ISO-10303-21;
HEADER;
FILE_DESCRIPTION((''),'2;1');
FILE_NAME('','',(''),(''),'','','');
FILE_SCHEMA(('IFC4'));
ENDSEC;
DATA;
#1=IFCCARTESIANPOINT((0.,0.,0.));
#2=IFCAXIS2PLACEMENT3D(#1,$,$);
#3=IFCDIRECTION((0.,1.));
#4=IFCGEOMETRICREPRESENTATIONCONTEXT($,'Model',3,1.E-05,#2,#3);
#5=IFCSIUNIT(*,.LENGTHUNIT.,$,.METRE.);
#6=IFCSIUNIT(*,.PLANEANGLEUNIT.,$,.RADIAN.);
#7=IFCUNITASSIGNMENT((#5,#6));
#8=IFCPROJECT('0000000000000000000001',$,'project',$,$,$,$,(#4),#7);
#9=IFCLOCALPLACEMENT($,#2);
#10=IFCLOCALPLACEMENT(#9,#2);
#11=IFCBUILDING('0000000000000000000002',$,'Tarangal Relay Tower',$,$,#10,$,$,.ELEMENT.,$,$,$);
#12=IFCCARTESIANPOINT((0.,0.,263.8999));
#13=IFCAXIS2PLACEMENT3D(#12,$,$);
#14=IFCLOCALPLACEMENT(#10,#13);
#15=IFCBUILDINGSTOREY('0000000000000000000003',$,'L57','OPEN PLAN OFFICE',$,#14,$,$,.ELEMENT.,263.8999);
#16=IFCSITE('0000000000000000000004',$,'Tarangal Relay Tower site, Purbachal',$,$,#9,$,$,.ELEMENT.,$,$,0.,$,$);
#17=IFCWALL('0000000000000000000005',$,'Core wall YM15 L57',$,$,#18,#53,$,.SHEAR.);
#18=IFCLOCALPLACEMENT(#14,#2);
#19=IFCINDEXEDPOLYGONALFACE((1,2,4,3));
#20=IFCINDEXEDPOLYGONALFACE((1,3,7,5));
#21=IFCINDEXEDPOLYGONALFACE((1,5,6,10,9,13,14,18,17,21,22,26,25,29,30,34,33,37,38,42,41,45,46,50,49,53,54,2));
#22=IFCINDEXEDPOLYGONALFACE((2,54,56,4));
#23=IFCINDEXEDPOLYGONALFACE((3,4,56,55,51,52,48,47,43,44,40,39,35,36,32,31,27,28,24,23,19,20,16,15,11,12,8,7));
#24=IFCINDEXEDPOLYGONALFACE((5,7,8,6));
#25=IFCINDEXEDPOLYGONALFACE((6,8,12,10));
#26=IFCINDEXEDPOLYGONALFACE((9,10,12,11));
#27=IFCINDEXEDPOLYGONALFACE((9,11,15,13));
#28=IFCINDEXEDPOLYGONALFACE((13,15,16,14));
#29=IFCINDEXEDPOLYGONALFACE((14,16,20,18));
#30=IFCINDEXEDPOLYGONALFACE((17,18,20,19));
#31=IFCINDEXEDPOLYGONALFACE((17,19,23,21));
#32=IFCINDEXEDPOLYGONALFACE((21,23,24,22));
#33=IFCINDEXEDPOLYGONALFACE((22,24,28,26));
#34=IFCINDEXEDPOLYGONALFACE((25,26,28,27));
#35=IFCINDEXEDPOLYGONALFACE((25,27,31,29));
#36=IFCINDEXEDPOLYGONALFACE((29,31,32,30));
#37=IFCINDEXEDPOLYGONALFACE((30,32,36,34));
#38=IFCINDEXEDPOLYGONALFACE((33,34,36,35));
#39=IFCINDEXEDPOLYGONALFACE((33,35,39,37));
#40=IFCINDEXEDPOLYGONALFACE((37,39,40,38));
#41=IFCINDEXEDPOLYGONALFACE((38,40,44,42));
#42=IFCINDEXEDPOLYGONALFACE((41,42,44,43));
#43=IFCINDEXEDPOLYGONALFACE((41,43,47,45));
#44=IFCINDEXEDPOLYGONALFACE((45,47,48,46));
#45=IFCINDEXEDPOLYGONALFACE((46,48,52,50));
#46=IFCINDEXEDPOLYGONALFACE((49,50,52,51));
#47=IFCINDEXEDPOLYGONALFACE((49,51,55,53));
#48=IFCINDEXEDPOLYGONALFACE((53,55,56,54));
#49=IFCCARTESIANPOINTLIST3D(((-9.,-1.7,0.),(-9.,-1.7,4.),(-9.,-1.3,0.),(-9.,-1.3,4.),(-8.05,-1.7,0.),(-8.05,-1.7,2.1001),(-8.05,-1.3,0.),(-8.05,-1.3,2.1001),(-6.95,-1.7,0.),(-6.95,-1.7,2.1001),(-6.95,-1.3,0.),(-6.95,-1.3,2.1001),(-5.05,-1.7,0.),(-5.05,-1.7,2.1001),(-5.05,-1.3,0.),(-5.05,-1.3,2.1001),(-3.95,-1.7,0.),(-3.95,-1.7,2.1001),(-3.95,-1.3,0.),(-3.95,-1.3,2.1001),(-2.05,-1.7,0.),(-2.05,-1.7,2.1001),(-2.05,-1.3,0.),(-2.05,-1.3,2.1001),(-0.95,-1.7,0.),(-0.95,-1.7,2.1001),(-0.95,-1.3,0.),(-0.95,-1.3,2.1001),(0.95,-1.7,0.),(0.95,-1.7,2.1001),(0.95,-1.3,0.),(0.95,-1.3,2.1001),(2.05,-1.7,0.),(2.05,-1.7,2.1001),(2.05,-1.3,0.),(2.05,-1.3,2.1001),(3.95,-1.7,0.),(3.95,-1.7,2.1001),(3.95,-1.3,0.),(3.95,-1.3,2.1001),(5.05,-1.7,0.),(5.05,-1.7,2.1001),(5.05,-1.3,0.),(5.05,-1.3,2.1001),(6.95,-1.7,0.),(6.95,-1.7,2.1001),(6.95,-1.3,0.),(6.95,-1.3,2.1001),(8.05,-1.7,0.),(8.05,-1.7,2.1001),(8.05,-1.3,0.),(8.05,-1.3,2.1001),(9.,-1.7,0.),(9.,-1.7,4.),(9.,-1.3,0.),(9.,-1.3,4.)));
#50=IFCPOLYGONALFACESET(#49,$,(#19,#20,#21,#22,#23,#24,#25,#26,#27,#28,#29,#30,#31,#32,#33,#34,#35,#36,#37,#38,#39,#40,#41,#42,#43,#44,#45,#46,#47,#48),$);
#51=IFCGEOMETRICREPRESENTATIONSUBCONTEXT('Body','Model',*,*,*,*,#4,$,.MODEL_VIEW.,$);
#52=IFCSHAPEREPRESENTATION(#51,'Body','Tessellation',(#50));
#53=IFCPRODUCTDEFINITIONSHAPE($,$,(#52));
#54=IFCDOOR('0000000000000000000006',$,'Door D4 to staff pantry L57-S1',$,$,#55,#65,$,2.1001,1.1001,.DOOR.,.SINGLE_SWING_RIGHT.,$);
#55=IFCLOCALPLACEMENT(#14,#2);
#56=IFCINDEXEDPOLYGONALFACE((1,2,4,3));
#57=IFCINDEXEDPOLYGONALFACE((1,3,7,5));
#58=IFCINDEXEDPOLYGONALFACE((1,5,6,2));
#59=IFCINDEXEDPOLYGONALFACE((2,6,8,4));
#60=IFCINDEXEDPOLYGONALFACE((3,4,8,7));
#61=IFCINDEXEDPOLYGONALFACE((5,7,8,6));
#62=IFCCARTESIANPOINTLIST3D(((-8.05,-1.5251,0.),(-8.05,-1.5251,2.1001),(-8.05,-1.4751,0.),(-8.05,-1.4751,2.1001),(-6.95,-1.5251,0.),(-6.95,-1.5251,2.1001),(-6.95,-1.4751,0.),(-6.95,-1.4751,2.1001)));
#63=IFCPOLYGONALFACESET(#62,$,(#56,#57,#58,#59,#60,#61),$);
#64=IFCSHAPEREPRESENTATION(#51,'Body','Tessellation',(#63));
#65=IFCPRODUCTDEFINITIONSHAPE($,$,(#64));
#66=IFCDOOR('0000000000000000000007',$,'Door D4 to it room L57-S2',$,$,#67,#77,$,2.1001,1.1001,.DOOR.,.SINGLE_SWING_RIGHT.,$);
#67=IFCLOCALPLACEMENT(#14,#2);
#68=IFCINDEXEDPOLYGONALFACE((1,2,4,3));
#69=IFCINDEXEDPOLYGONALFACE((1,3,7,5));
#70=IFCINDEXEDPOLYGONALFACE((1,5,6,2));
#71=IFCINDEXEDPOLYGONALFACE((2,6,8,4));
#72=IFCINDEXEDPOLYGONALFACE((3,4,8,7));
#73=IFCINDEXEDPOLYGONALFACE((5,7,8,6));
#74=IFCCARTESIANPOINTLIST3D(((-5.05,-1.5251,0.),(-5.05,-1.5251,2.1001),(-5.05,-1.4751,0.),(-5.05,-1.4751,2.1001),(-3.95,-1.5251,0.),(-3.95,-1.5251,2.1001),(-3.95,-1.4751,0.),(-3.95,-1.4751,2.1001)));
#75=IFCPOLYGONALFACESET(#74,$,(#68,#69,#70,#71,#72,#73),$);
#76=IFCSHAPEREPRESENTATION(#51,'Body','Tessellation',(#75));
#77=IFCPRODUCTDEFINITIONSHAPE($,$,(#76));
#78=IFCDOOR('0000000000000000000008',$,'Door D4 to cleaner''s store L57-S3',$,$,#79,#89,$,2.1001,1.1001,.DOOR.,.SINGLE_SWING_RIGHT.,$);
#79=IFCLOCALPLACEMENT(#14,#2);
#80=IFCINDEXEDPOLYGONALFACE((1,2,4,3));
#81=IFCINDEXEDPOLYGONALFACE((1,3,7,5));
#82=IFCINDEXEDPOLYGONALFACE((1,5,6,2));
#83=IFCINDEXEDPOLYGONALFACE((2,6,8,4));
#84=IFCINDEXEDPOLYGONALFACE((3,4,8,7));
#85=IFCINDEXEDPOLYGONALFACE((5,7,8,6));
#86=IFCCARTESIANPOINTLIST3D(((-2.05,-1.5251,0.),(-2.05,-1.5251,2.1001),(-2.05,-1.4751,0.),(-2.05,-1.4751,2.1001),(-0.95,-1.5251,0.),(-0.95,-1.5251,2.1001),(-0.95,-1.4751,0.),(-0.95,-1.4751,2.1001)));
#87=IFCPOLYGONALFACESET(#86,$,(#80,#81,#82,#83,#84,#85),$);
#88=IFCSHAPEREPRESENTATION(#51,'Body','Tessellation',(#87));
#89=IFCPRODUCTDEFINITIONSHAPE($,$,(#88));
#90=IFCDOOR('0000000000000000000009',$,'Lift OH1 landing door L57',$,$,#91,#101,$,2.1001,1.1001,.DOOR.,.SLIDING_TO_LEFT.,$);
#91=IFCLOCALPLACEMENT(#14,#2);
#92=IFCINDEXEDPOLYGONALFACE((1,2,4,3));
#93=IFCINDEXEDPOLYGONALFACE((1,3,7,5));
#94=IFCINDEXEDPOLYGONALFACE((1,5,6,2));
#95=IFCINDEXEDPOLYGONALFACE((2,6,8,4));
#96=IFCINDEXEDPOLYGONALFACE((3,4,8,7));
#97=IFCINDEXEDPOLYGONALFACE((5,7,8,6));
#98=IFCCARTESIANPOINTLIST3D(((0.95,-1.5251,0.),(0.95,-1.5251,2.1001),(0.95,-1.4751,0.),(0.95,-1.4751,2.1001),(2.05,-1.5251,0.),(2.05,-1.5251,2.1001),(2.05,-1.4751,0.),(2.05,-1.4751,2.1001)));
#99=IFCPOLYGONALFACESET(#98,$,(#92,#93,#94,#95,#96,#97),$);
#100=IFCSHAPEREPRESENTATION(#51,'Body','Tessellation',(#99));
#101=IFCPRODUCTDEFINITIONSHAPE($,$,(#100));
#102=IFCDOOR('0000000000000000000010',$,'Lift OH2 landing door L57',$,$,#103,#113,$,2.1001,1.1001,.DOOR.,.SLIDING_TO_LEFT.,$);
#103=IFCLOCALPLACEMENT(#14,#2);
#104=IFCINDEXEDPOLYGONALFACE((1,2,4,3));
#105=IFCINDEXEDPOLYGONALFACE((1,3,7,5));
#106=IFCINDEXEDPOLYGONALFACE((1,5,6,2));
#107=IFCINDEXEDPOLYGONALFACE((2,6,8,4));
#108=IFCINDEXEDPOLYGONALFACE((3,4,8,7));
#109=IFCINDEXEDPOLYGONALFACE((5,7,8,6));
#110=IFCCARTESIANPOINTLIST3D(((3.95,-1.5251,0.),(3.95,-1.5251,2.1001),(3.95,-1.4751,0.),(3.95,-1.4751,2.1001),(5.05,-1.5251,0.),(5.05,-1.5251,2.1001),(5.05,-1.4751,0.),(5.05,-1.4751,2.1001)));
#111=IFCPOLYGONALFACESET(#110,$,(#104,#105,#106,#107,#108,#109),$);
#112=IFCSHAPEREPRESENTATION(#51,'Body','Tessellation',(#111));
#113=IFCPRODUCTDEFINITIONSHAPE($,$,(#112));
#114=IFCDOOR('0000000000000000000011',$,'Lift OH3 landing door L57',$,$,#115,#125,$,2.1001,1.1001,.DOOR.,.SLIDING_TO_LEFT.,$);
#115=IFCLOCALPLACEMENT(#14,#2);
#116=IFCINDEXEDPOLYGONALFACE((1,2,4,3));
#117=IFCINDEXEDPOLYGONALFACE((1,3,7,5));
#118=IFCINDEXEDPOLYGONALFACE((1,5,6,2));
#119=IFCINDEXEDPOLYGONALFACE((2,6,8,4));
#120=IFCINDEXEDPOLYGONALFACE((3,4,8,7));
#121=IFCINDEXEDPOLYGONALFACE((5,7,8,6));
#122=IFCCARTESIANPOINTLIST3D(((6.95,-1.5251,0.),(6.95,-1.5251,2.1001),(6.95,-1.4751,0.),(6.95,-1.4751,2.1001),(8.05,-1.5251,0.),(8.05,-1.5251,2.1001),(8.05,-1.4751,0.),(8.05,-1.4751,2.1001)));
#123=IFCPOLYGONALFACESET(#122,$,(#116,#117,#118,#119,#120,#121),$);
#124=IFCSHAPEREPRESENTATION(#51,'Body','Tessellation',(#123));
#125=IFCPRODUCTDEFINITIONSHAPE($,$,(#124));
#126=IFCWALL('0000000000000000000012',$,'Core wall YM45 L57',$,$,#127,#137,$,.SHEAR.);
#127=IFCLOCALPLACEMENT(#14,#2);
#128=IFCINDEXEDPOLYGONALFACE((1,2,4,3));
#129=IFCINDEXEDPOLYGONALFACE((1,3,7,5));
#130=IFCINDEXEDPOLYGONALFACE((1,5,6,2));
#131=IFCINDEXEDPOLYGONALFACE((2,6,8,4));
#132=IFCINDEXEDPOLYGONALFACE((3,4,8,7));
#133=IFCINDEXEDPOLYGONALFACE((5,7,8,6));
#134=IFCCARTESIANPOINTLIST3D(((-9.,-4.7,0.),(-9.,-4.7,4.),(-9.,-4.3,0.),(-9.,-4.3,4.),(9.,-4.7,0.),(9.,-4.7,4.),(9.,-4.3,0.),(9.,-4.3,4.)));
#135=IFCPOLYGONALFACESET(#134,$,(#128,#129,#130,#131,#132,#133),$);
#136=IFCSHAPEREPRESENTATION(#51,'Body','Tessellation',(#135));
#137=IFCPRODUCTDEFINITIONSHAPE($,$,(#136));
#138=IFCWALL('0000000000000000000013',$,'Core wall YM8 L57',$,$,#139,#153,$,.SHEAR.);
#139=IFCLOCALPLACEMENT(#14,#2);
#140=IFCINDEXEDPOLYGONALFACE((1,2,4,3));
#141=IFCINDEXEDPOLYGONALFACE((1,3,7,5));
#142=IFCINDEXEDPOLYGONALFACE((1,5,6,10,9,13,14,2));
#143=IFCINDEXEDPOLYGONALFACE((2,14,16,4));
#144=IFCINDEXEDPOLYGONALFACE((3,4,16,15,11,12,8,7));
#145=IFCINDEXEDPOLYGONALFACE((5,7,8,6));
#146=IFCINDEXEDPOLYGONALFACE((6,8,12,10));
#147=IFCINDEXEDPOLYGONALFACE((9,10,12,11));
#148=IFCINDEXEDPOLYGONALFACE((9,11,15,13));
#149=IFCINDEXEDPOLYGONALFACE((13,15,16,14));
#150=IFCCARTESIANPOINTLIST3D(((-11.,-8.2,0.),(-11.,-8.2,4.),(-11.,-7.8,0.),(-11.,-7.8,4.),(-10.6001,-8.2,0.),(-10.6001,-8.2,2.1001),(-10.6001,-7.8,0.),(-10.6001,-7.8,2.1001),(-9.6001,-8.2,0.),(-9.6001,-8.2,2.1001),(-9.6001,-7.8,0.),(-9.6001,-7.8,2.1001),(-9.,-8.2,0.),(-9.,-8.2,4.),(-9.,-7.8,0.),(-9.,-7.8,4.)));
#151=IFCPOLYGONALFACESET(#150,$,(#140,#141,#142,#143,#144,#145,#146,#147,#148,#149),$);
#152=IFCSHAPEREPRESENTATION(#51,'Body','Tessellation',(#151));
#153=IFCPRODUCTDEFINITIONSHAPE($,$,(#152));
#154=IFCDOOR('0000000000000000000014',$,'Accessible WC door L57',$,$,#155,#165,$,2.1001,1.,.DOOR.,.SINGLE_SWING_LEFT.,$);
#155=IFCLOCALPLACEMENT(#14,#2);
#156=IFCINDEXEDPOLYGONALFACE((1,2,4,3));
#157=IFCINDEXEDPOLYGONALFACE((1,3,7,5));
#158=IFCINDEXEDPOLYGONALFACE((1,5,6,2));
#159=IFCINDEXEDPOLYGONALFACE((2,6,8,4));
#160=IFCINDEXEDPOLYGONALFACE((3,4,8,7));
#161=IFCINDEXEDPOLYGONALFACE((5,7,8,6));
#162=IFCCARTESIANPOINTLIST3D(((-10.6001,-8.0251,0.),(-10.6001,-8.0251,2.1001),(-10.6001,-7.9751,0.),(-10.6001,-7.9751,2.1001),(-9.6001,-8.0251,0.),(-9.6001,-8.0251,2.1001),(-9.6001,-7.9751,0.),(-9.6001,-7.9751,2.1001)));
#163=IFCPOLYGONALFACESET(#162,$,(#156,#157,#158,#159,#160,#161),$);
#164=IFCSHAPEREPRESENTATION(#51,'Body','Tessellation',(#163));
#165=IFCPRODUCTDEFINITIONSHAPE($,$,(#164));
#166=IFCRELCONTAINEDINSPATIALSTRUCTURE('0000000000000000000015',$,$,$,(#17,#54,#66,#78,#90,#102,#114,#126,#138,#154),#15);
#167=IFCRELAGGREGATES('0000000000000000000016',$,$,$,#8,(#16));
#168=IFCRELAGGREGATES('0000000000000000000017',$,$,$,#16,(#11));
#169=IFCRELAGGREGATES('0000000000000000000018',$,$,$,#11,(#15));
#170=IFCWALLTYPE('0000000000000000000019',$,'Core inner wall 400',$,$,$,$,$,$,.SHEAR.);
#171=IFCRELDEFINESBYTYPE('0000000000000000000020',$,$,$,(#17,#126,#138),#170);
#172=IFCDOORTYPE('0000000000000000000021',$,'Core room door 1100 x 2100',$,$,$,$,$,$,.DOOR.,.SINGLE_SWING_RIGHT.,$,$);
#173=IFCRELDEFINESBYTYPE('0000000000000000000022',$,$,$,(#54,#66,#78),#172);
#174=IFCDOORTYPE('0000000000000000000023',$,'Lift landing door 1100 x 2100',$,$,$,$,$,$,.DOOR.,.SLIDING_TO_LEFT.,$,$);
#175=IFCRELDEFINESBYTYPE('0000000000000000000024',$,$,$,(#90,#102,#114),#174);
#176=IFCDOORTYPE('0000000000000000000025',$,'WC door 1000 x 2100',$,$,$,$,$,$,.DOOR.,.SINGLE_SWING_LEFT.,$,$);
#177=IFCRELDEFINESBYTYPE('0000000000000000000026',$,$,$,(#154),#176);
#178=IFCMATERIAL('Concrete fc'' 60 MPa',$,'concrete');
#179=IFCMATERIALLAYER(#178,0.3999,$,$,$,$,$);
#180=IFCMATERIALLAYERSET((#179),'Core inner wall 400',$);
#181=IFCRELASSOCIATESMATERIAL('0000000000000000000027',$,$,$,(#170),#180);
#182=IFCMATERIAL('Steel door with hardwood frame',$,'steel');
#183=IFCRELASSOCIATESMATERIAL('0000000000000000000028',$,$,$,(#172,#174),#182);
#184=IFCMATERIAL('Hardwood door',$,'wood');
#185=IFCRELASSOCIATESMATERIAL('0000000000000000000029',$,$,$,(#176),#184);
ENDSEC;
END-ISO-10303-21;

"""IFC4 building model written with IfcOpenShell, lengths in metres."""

from ifc_helpers import new_model, si_unit, direction, frame, frame_2d, origin, place, context, subcontext, project, spatial, rectangle, extrude, material, layer, layer_set, type_object, element, fill, save


model = new_model("IFC4")

# Units and contexts
model_context = context("Model", 3, precision=1e-05, world=origin(), true_north=direction((0.0, 1.0)))
body_context = subcontext(model_context, "Body", "Model", "MODEL_VIEW")
ifc_project = project(units=[si_unit("LENGTHUNIT", "METRE"), si_unit("PLANEANGLEUNIT", "RADIAN")], contexts=[model_context])

# Site, building, storey
site_placement = place(None, origin())
site = spatial("IfcSite", under=ifc_project, at=site_placement, Name="Tarangal Relay Tower site, Purbachal", CompositionType="ELEMENT", RefElevation=0.0)
building_placement = place(site_placement, origin())
building = spatial("IfcBuilding", under=site, at=building_placement, Name="Tarangal Relay Tower", CompositionType="ELEMENT")
storey_placement = place(building_placement, frame((0.0, 0.0, 263.8999)))
storey = spatial("IfcBuildingStorey", under=building, at=storey_placement, Name="L57", Description="OPEN PLAN OFFICE", CompositionType="ELEMENT", Elevation=263.8999)

# Wall, openings, doors
ifc_material_1 = material(Name="Concrete fc' 60 MPa", Category="concrete")
ifc_layer_1 = layer(ifc_material_1, 0.3999)
ifc_layer_set_1 = layer_set([ifc_layer_1], Name="Core inner wall 400")
wall_type_1 = type_object("IfcWallType", Name="Core inner wall 400", PredefinedType="SHEAR", material=ifc_layer_set_1)
wall_1_placement = place(storey_placement, frame((-9.0, -1.5, 0.0), z_axis=(0.0, 0.0, 1.0), x_axis=(1.0, 0.0, 0.0)))
wall_1 = element("IfcWall", 1, at=wall_1_placement, inside=storey, type_object=wall_type_1, Name="Core wall YM15 L57", PredefinedType="SHEAR", context=body_context, shape_type="SweptSolid", body=[
    extrude(rectangle(XDim=18.0, YDim=0.3999, at=frame_2d((9.0, 0.0))), origin(), (0.0, 0.0, 1.0), 4.0),
])
opening_1_placement = place(wall_1_placement, frame((9.95, 0.0, 0.0)))
opening_1 = element("IfcOpeningElement", 2, at=opening_1_placement, cuts=wall_1, PredefinedType="OPENING", context=body_context, shape_type="SweptSolid", body=[
    extrude(rectangle(XDim=1.1001, YDim=2.1001, at=frame_2d((0.55, 1.05))), frame((0.0, 0.21, 0.0), z_axis=(0.0, -1.0, 0.0), x_axis=(1.0, 0.0, 0.0)), (0.0, 0.0, 1.0), 0.4199),
])
opening_2_placement = place(wall_1_placement, frame((12.95, 0.0, 0.0)))
opening_2 = element("IfcOpeningElement", 3, at=opening_2_placement, cuts=wall_1, PredefinedType="OPENING", context=body_context, shape_type="SweptSolid", body=[
    extrude(rectangle(XDim=1.1001, YDim=2.1001, at=frame_2d((0.55, 1.05))), frame((0.0, 0.21, 0.0), z_axis=(0.0, -1.0, 0.0), x_axis=(1.0, 0.0, 0.0)), (0.0, 0.0, 1.0), 0.4199),
])
opening_3_placement = place(wall_1_placement, frame((15.95, 0.0, 0.0)))
opening_3 = element("IfcOpeningElement", 4, at=opening_3_placement, cuts=wall_1, PredefinedType="OPENING", context=body_context, shape_type="SweptSolid", body=[
    extrude(rectangle(XDim=1.1001, YDim=2.1001, at=frame_2d((0.55, 1.05))), frame((0.0, 0.21, 0.0), z_axis=(0.0, -1.0, 0.0), x_axis=(1.0, 0.0, 0.0)), (0.0, 0.0, 1.0), 0.4199),
])
opening_4_placement = place(wall_1_placement, frame((0.95, 0.0, 0.0)))
opening_4 = element("IfcOpeningElement", 5, at=opening_4_placement, cuts=wall_1, PredefinedType="OPENING", context=body_context, shape_type="SweptSolid", body=[
    extrude(rectangle(XDim=1.1001, YDim=2.1001, at=frame_2d((0.55, 1.05))), frame((0.0, 0.21, 0.0), z_axis=(0.0, -1.0, 0.0), x_axis=(1.0, 0.0, 0.0)), (0.0, 0.0, 1.0), 0.4199),
])
opening_5_placement = place(wall_1_placement, frame((3.95, 0.0, 0.0)))
opening_5 = element("IfcOpeningElement", 6, at=opening_5_placement, cuts=wall_1, PredefinedType="OPENING", context=body_context, shape_type="SweptSolid", body=[
    extrude(rectangle(XDim=1.1001, YDim=2.1001, at=frame_2d((0.55, 1.05))), frame((0.0, 0.21, 0.0), z_axis=(0.0, -1.0, 0.0), x_axis=(1.0, 0.0, 0.0)), (0.0, 0.0, 1.0), 0.4199),
])
opening_6_placement = place(wall_1_placement, frame((6.95, 0.0, 0.0)))
opening_6 = element("IfcOpeningElement", 7, at=opening_6_placement, cuts=wall_1, PredefinedType="OPENING", context=body_context, shape_type="SweptSolid", body=[
    extrude(rectangle(XDim=1.1001, YDim=2.1001, at=frame_2d((0.55, 1.05))), frame((0.0, 0.21, 0.0), z_axis=(0.0, -1.0, 0.0), x_axis=(1.0, 0.0, 0.0)), (0.0, 0.0, 1.0), 0.4199),
])
ifc_material_2 = material(Name="Steel door with hardwood frame", Category="steel")
door_type_1 = type_object("IfcDoorType", Name="Core room door 1100 x 2100", OperationType="SINGLE_SWING_RIGHT", PredefinedType="DOOR", material=ifc_material_2)
door_1_placement = place(opening_4_placement, origin())
door_1 = element("IfcDoor", 8, at=door_1_placement, inside=storey, type_object=door_type_1, Name="Door D4 to staff pantry L57-S1", OperationType="SINGLE_SWING_RIGHT", OverallHeight=2.1001, OverallWidth=1.1001, PredefinedType="DOOR", context=body_context, shape_type="SweptSolid", body=[
    extrude(rectangle(XDim=1.1001, YDim=2.1001, at=frame_2d((0.55, 1.05))), frame((0.0, 0.0249, 0.0), z_axis=(0.0, -1.0, 0.0), x_axis=(1.0, 0.0, 0.0)), (0.0, 0.0, 1.0), 0.05),
])
fill(opening_4, door_1)
door_2_placement = place(opening_5_placement, origin())
door_2 = element("IfcDoor", 9, at=door_2_placement, inside=storey, type_object=door_type_1, Name="Door D4 to it room L57-S2", OperationType="SINGLE_SWING_RIGHT", OverallHeight=2.1001, OverallWidth=1.1001, PredefinedType="DOOR", context=body_context, shape_type="SweptSolid", body=[
    extrude(rectangle(XDim=1.1001, YDim=2.1001, at=frame_2d((0.55, 1.05))), frame((0.0, 0.0249, 0.0), z_axis=(0.0, -1.0, 0.0), x_axis=(1.0, 0.0, 0.0)), (0.0, 0.0, 1.0), 0.05),
])
fill(opening_5, door_2)
door_3_placement = place(opening_6_placement, origin())
door_3 = element("IfcDoor", 10, at=door_3_placement, inside=storey, type_object=door_type_1, Name="Door D4 to cleaner's store L57-S3", OperationType="SINGLE_SWING_RIGHT", OverallHeight=2.1001, OverallWidth=1.1001, PredefinedType="DOOR", context=body_context, shape_type="SweptSolid", body=[
    extrude(rectangle(XDim=1.1001, YDim=2.1001, at=frame_2d((0.55, 1.05))), frame((0.0, 0.0249, 0.0), z_axis=(0.0, -1.0, 0.0), x_axis=(1.0, 0.0, 0.0)), (0.0, 0.0, 1.0), 0.05),
])
fill(opening_6, door_3)
door_type_2 = type_object("IfcDoorType", Name="Lift landing door 1100 x 2100", OperationType="SLIDING_TO_LEFT", PredefinedType="DOOR", material=ifc_material_2)
door_4_placement = place(opening_1_placement, origin())
door_4 = element("IfcDoor", 11, at=door_4_placement, inside=storey, type_object=door_type_2, Name="Lift OH1 landing door L57", OperationType="SLIDING_TO_LEFT", OverallHeight=2.1001, OverallWidth=1.1001, PredefinedType="DOOR", context=body_context, shape_type="SweptSolid", body=[
    extrude(rectangle(XDim=1.1001, YDim=2.1001, at=frame_2d((0.55, 1.05))), frame((0.0, 0.0249, 0.0), z_axis=(0.0, -1.0, 0.0), x_axis=(1.0, 0.0, 0.0)), (0.0, 0.0, 1.0), 0.05),
])
fill(opening_1, door_4)
door_5_placement = place(opening_2_placement, origin())
door_5 = element("IfcDoor", 12, at=door_5_placement, inside=storey, type_object=door_type_2, Name="Lift OH2 landing door L57", OperationType="SLIDING_TO_LEFT", OverallHeight=2.1001, OverallWidth=1.1001, PredefinedType="DOOR", context=body_context, shape_type="SweptSolid", body=[
    extrude(rectangle(XDim=1.1001, YDim=2.1001, at=frame_2d((0.55, 1.05))), frame((0.0, 0.0249, 0.0), z_axis=(0.0, -1.0, 0.0), x_axis=(1.0, 0.0, 0.0)), (0.0, 0.0, 1.0), 0.05),
])
fill(opening_2, door_5)
door_6_placement = place(opening_3_placement, origin())
door_6 = element("IfcDoor", 13, at=door_6_placement, inside=storey, type_object=door_type_2, Name="Lift OH3 landing door L57", OperationType="SLIDING_TO_LEFT", OverallHeight=2.1001, OverallWidth=1.1001, PredefinedType="DOOR", context=body_context, shape_type="SweptSolid", body=[
    extrude(rectangle(XDim=1.1001, YDim=2.1001, at=frame_2d((0.55, 1.05))), frame((0.0, 0.0249, 0.0), z_axis=(0.0, -1.0, 0.0), x_axis=(1.0, 0.0, 0.0)), (0.0, 0.0, 1.0), 0.05),
])
fill(opening_3, door_6)

# Wall
wall_2_placement = place(storey_placement, frame((-9.0, -4.5, 0.0), z_axis=(0.0, 0.0, 1.0), x_axis=(1.0, 0.0, 0.0)))
element("IfcWall", 14, at=wall_2_placement, inside=storey, type_object=wall_type_1, Name="Core wall YM45 L57", PredefinedType="SHEAR", context=body_context, shape_type="SweptSolid", body=[
    extrude(rectangle(XDim=18.0, YDim=0.3999, at=frame_2d((9.0, 0.0))), origin(), (0.0, 0.0, 1.0), 4.0),
])

# Wall, opening, door
wall_3_placement = place(storey_placement, frame((-11.0, -8.0, 0.0), z_axis=(0.0, 0.0, 1.0), x_axis=(1.0, 0.0, 0.0)))
wall_3 = element("IfcWall", 15, at=wall_3_placement, inside=storey, type_object=wall_type_1, Name="Core wall YM8 L57", PredefinedType="SHEAR", context=body_context, shape_type="SweptSolid", body=[
    extrude(rectangle(XDim=2.0, YDim=0.3999, at=frame_2d((1.0, 0.0))), origin(), (0.0, 0.0, 1.0), 4.0),
])
opening_7_placement = place(wall_3_placement, frame((0.3999, 0.0, 0.0)))
opening_7 = element("IfcOpeningElement", 16, at=opening_7_placement, cuts=wall_3, PredefinedType="OPENING", context=body_context, shape_type="SweptSolid", body=[
    extrude(rectangle(XDim=1.0, YDim=2.1001, at=frame_2d((0.5, 1.05))), frame((0.0, 0.21, 0.0), z_axis=(0.0, -1.0, 0.0), x_axis=(1.0, 0.0, 0.0)), (0.0, 0.0, 1.0), 0.4199),
])
ifc_material_3 = material(Name="Hardwood door", Category="wood")
door_type_3 = type_object("IfcDoorType", Name="WC door 1000 x 2100", OperationType="SINGLE_SWING_LEFT", PredefinedType="DOOR", material=ifc_material_3)
door_7_placement = place(opening_7_placement, origin())
door_7 = element("IfcDoor", 17, at=door_7_placement, inside=storey, type_object=door_type_3, Name="Accessible WC door L57", OperationType="SINGLE_SWING_LEFT", OverallHeight=2.1001, OverallWidth=1.0, PredefinedType="DOOR", context=body_context, shape_type="SweptSolid", body=[
    extrude(rectangle(XDim=1.0, YDim=2.1001, at=frame_2d((0.5, 1.05))), frame((0.0, 0.0249, 0.0), z_axis=(0.0, -1.0, 0.0), x_axis=(1.0, 0.0, 0.0)), (0.0, 0.0, 1.0), 0.05),
])
fill(opening_7, door_7)

save(model, "model.ifc")
